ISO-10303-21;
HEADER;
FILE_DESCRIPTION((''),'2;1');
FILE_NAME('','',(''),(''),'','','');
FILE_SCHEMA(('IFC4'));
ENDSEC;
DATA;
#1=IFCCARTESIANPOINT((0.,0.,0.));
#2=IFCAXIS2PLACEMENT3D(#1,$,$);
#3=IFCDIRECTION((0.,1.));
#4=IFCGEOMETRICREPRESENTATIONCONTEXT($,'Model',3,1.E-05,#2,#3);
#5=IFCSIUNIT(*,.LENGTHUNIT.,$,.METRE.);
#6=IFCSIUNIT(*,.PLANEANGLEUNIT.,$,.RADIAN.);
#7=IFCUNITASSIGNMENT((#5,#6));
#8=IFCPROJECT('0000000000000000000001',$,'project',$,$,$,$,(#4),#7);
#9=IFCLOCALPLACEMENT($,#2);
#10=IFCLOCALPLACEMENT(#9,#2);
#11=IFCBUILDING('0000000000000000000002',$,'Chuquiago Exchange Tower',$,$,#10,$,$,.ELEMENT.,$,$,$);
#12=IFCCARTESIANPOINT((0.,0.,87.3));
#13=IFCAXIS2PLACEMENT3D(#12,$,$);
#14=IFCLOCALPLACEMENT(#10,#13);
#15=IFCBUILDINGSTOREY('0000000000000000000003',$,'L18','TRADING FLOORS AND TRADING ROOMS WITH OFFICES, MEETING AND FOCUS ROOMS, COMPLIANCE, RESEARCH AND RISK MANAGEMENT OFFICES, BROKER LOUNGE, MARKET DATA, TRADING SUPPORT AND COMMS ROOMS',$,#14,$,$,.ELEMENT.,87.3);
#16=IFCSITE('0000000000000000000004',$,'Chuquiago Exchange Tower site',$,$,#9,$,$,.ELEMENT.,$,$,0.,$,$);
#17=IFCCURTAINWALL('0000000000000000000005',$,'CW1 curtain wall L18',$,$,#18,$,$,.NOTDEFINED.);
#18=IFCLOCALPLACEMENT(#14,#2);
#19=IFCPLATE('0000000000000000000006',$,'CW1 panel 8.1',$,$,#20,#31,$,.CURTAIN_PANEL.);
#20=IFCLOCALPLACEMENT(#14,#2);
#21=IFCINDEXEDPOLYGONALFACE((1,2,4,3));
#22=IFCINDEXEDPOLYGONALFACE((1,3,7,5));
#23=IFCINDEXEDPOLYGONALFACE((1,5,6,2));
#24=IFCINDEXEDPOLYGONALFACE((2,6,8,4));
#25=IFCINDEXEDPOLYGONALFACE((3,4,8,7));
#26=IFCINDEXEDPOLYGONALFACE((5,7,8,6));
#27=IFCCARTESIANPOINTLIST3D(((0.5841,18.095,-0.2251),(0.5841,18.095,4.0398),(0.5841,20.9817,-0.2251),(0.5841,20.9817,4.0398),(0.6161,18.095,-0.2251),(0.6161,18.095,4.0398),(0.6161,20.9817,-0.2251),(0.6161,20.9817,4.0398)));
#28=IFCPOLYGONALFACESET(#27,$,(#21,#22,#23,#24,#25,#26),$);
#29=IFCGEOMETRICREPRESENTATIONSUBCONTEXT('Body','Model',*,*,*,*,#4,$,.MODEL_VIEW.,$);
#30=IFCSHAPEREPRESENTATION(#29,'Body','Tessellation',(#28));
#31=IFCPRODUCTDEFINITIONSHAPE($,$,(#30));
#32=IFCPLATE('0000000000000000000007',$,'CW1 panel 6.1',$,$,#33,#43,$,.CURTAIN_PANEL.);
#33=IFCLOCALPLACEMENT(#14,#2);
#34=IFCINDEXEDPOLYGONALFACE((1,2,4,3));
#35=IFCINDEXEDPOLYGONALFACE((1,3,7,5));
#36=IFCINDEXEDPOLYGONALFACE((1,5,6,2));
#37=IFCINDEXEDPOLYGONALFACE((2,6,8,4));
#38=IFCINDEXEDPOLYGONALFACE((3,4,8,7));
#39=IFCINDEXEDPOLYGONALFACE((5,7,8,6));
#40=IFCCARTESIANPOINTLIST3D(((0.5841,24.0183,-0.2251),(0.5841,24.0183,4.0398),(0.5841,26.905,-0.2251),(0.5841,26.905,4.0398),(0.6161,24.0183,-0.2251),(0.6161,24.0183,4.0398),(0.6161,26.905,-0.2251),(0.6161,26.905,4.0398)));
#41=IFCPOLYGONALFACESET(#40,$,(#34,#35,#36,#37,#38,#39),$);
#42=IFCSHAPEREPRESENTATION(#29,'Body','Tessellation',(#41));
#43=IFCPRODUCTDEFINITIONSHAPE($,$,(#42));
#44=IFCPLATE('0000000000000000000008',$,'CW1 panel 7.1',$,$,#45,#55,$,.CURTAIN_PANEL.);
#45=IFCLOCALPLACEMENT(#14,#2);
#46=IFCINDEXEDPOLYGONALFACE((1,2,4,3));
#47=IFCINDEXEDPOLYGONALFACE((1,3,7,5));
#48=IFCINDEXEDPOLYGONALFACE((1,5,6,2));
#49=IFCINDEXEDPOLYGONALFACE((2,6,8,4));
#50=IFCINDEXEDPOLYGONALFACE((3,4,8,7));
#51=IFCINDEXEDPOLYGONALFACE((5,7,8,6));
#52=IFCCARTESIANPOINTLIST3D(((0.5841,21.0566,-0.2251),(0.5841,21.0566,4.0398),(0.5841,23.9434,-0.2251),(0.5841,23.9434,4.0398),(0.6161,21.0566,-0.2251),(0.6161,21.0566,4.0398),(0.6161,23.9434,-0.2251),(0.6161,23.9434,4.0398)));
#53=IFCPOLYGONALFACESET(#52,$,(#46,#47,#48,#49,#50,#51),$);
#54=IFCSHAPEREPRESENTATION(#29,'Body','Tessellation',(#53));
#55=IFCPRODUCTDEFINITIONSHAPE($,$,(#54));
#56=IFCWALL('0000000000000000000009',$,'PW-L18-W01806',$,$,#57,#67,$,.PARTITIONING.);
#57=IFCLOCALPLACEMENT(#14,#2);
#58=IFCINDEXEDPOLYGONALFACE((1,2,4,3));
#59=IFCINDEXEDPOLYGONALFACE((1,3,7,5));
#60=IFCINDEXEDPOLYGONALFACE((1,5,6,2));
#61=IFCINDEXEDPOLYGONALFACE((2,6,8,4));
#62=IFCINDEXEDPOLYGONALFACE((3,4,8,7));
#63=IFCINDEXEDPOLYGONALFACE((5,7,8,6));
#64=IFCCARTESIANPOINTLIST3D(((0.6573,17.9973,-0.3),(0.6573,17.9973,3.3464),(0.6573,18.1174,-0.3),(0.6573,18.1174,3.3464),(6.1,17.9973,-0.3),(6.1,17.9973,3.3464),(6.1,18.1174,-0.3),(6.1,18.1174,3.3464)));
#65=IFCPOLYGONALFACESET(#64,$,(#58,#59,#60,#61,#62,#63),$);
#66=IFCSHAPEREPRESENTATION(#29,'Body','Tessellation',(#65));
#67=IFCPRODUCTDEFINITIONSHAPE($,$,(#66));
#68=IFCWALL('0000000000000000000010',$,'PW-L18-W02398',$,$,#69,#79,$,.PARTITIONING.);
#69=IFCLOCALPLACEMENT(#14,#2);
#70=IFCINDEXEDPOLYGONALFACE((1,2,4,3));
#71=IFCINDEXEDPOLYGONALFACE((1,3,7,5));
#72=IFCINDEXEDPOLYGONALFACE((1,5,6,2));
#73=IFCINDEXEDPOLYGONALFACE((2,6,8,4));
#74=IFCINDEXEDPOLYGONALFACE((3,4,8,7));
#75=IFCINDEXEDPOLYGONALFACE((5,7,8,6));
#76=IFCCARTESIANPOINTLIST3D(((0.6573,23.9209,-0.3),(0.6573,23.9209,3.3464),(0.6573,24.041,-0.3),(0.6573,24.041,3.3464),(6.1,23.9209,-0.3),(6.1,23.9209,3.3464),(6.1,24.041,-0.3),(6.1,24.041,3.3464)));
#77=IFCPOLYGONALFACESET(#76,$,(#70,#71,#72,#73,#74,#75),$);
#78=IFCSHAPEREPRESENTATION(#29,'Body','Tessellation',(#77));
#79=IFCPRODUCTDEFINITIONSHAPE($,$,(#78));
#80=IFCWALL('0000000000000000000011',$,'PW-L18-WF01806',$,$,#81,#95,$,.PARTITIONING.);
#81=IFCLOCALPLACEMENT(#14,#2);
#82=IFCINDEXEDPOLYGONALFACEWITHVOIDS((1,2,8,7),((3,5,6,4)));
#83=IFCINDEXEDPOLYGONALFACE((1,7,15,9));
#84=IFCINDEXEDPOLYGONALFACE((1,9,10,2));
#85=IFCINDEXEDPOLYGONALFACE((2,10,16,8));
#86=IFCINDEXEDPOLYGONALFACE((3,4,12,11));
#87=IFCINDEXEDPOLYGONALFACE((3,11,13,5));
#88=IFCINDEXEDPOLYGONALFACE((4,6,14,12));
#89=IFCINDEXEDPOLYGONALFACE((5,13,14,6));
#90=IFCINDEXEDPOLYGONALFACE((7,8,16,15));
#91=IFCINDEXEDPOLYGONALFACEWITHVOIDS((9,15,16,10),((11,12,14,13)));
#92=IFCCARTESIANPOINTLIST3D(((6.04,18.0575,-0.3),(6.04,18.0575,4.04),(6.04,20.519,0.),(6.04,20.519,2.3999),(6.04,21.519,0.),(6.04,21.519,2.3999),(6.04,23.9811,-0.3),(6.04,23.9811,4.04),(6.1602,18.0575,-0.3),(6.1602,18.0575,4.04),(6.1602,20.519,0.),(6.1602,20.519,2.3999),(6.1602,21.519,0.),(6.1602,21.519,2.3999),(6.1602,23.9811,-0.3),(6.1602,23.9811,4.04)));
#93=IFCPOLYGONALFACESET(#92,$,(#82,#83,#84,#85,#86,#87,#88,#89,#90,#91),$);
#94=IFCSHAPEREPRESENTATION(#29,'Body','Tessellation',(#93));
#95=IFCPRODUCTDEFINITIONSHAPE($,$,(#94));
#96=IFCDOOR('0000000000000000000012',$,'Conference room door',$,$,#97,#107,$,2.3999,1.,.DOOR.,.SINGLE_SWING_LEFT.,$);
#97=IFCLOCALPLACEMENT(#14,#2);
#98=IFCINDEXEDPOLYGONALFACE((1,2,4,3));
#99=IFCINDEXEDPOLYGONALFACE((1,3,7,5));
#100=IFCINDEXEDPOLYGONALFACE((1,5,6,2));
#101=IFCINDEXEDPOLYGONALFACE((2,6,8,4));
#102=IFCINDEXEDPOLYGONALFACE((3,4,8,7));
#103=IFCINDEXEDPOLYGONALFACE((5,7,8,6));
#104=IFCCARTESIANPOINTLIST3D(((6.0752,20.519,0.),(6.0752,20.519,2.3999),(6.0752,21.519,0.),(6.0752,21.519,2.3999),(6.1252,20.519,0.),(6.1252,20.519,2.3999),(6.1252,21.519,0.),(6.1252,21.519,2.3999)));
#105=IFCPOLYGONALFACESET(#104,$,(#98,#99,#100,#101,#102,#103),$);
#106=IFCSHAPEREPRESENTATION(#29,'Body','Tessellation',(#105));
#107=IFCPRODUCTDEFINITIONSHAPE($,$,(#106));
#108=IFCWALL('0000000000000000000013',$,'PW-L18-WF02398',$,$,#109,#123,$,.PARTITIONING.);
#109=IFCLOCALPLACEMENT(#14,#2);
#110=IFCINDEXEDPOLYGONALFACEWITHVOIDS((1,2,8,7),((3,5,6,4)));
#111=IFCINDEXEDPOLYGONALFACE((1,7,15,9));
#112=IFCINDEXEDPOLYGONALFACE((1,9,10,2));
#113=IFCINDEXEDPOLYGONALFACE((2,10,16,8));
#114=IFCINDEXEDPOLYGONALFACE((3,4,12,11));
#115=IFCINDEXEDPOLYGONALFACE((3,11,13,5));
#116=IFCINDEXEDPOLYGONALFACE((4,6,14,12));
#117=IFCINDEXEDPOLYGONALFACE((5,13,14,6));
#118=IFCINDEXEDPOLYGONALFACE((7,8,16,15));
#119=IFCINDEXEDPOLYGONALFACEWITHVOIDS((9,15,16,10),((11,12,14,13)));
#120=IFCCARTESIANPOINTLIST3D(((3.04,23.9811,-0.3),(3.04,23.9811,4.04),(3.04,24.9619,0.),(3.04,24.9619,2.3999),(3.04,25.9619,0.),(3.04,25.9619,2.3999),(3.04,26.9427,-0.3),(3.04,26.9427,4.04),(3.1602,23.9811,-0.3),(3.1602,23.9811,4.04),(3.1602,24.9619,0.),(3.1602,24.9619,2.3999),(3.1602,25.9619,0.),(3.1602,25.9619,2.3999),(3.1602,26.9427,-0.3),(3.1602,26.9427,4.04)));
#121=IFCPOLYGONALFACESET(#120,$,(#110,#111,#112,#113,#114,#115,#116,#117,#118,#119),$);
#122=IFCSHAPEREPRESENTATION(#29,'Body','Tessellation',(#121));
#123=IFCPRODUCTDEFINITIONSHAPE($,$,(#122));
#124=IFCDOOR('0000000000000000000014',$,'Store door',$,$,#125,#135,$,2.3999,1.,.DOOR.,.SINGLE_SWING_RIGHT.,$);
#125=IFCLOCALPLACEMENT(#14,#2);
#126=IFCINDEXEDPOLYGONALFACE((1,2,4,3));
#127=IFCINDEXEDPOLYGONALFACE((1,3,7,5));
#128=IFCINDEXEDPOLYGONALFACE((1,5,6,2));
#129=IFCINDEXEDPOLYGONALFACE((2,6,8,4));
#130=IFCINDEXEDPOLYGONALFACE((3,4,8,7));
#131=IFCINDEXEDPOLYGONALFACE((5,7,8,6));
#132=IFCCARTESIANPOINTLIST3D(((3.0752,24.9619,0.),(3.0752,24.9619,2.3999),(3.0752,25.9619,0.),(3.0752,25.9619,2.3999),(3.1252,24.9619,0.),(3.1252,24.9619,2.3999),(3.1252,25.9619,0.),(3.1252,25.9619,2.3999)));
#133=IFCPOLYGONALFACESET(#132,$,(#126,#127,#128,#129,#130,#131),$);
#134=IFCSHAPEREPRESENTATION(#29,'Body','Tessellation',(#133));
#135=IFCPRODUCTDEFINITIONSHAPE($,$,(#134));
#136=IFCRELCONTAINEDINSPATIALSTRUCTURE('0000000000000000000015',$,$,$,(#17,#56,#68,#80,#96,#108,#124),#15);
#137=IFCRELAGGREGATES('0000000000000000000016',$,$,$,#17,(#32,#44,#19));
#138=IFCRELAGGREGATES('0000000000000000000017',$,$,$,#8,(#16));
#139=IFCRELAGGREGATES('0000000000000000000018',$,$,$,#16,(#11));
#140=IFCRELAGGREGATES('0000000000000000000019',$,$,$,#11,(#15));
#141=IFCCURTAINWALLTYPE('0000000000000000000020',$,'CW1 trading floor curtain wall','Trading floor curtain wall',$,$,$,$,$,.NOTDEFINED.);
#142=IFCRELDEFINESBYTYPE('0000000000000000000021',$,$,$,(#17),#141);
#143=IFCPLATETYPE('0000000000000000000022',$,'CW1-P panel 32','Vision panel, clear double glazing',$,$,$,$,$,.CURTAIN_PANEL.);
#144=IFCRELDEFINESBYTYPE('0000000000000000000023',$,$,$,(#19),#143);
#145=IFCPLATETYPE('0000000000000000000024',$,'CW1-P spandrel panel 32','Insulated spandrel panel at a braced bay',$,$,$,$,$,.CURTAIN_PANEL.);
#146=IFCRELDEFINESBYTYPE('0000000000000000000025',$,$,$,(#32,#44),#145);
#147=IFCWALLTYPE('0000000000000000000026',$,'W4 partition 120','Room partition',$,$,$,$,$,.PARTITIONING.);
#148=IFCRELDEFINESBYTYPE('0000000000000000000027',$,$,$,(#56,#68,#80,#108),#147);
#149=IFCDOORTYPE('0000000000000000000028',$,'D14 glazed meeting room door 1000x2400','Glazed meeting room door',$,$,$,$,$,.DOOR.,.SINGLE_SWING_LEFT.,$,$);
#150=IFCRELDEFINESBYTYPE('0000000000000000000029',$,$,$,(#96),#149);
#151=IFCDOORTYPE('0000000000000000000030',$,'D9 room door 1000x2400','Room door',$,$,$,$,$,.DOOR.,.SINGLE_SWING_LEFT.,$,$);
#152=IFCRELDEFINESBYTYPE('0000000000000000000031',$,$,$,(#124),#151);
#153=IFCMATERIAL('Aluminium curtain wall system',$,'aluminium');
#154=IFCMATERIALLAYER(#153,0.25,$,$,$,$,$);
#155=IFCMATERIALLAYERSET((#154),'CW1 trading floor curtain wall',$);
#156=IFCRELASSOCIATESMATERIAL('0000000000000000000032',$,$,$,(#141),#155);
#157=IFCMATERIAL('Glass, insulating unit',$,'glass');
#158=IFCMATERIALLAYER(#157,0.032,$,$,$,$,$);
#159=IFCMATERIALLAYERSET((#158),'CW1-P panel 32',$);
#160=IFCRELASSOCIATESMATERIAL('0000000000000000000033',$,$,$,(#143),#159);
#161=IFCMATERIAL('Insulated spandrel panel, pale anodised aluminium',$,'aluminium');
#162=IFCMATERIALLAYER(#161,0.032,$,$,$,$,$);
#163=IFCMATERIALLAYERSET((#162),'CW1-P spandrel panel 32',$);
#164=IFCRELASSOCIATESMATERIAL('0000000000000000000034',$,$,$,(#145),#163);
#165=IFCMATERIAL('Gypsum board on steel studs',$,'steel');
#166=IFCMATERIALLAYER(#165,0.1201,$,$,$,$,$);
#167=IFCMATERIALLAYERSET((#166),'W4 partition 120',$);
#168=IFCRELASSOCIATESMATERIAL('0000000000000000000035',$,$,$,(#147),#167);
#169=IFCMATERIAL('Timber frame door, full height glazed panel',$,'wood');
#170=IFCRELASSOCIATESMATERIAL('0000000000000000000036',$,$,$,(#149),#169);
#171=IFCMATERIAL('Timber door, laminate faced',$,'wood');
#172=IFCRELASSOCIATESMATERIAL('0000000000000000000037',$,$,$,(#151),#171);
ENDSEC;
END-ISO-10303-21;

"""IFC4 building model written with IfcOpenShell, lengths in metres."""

from ifc_helpers import new_model, si_unit, direction, frame, frame_2d, origin, origin_2d, place, context, subcontext, project, spatial, rectangle, extrude, material, layer, layer_set, type_object, element, fill, aggregate, save


model = new_model("IFC4")

# Units and contexts
model_context = context("Model", 3, precision=1e-05, world=origin(), true_north=direction((0.0, 1.0)))
body_context = subcontext(model_context, "Body", "Model", "MODEL_VIEW")
ifc_project = project(units=[si_unit("LENGTHUNIT", "METRE"), si_unit("PLANEANGLEUNIT", "RADIAN")], contexts=[model_context])

# Site, building, storey
site_placement = place(None, origin())
site = spatial("IfcSite", under=ifc_project, at=site_placement, Name="Chuquiago Exchange Tower site", CompositionType="ELEMENT", RefElevation=0.0)
building_placement = place(site_placement, origin())
building = spatial("IfcBuilding", under=site, at=building_placement, Name="Chuquiago Exchange Tower", CompositionType="ELEMENT")
storey_placement = place(building_placement, frame((0.0, 0.0, 87.3)))
storey = spatial("IfcBuildingStorey", under=building, at=storey_placement, Name="L18", Description="TRADING FLOORS AND TRADING ROOMS WITH OFFICES, MEETING AND FOCUS ROOMS, COMPLIANCE, RESEARCH AND RISK MANAGEMENT OFFICES, BROKER LOUNGE, MARKET DATA, TRADING SUPPORT AND COMMS ROOMS", CompositionType="ELEMENT", Elevation=87.3)

# Curtain wall
ifc_material_1 = material(Name="Aluminium curtain wall system", Category="aluminium")
ifc_layer_1 = layer(ifc_material_1, 0.25)
ifc_layer_set_1 = layer_set([ifc_layer_1], Name="CW1 trading floor curtain wall")
curtain_wall_type = type_object("IfcCurtainWallType", Name="CW1 trading floor curtain wall", Description="Trading floor curtain wall", PredefinedType="NOTDEFINED", material=ifc_layer_set_1)
curtain_wall_placement = place(storey_placement, origin())
curtain_wall = element("IfcCurtainWall", 1, at=curtain_wall_placement, inside=storey, type_object=curtain_wall_type, Name="CW1 curtain wall L18", PredefinedType="NOTDEFINED")

# Plates
ifc_material_2 = material(Name="Glass, insulating unit", Category="glass")
ifc_layer_2 = layer(ifc_material_2, 0.032)
ifc_layer_set_2 = layer_set([ifc_layer_2], Name="CW1-P panel 32")
plate_type_1 = type_object("IfcPlateType", Name="CW1-P panel 32", Description="Vision panel, clear double glazing", PredefinedType="CURTAIN_PANEL", material=ifc_layer_set_2)
plate_1_placement = place(storey_placement, frame((0.6001, 19.5383, -0.2251), z_axis=(0.0, 0.0, 1.0), x_axis=(0.0, -1.0, 0.0)))
plate_1 = element("IfcPlate", 2, at=plate_1_placement, type_object=plate_type_1, Name="CW1 panel 8.1", PredefinedType="CURTAIN_PANEL", context=body_context, shape_type="SweptSolid", body=[
    extrude(rectangle(XDim=2.8867, YDim=0.032, at=origin_2d()), origin(), (0.0, 0.0, 1.0), 4.2649),
])
ifc_material_3 = material(Name="Insulated spandrel panel, pale anodised aluminium", Category="aluminium")
ifc_layer_3 = layer(ifc_material_3, 0.032)
ifc_layer_set_3 = layer_set([ifc_layer_3], Name="CW1-P spandrel panel 32")
plate_type_2 = type_object("IfcPlateType", Name="CW1-P spandrel panel 32", Description="Insulated spandrel panel at a braced bay", PredefinedType="CURTAIN_PANEL", material=ifc_layer_set_3)
plate_2_placement = place(storey_placement, frame((0.6001, 25.4617, -0.2251), z_axis=(0.0, 0.0, 1.0), x_axis=(0.0, -1.0, 0.0)))
plate_2 = element("IfcPlate", 3, at=plate_2_placement, type_object=plate_type_2, Name="CW1 panel 6.1", PredefinedType="CURTAIN_PANEL", context=body_context, shape_type="SweptSolid", body=[
    extrude(rectangle(XDim=2.8867, YDim=0.032, at=origin_2d()), origin(), (0.0, 0.0, 1.0), 4.2649),
])
plate_3_placement = place(storey_placement, frame((0.6001, 22.5, -0.2251), z_axis=(0.0, 0.0, 1.0), x_axis=(0.0, -1.0, 0.0)))
plate_3 = element("IfcPlate", 4, at=plate_3_placement, type_object=plate_type_2, Name="CW1 panel 7.1", PredefinedType="CURTAIN_PANEL", context=body_context, shape_type="SweptSolid", body=[
    extrude(rectangle(XDim=2.8867, YDim=0.032, at=origin_2d()), origin(), (0.0, 0.0, 1.0), 4.2649),
])
aggregate(curtain_wall, [plate_2, plate_3, plate_1])

# Walls
ifc_material_4 = material(Name="Gypsum board on steel studs", Category="steel")
ifc_layer_4 = layer(ifc_material_4, 0.1201)
ifc_layer_set_4 = layer_set([ifc_layer_4], Name="W4 partition 120")
wall_type = type_object("IfcWallType", Name="W4 partition 120", Description="Room partition", PredefinedType="PARTITIONING", material=ifc_layer_set_4)
for number, where, z_axis, x_axis, name in (
    (5, (0.6575, 18.0574, -0.3), (0.0, 0.0, 1.0), (1.0, 0.0, 0.0), "PW-L18-W01806"),
    (6, (0.6575, 23.981, -0.3), (0.0, 0.0, 1.0), (1.0, 0.0, 0.0), "PW-L18-W02398"),
):
    element("IfcWall", number, at=place(storey_placement, frame(where, z_axis=z_axis, x_axis=x_axis)), inside=storey, type_object=wall_type, Name=name, PredefinedType="PARTITIONING", context=body_context, shape_type="SweptSolid", body=[
        extrude(rectangle(XDim=5.4426, YDim=0.1201, at=frame_2d((2.7212, 0.0))), origin(), (0.0, 0.0, 1.0), 3.6465),
    ])

# Walls, openings, doors
wall_1_placement = place(storey_placement, frame((6.1001, 18.0574, -0.3), z_axis=(0.0, 0.0, 1.0), x_axis=(0.0, 1.0, 0.0)))
wall_1 = element("IfcWall", 7, at=wall_1_placement, inside=storey, type_object=wall_type, Name="PW-L18-WF01806", PredefinedType="PARTITIONING", context=body_context, shape_type="SweptSolid", body=[
    extrude(rectangle(XDim=5.9236, YDim=0.1201, at=frame_2d((2.9619, 0.0))), origin(), (0.0, 0.0, 1.0), 4.3401),
])
opening_1_placement = place(wall_1_placement, frame((2.4617, 0.0, 0.3)))
opening_1 = element("IfcOpeningElement", 8, at=opening_1_placement, cuts=wall_1, PredefinedType="OPENING", context=body_context, shape_type="SweptSolid", body=[
    extrude(rectangle(XDim=1.0, YDim=2.3999, at=frame_2d((0.5, 1.2))), frame((0.0, 0.0701, 0.0), z_axis=(0.0, -1.0, 0.0), x_axis=(1.0, 0.0, 0.0)), (0.0, 0.0, 1.0), 0.1401),
])
ifc_material_5 = material(Name="Timber frame door, full height glazed panel", Category="wood")
door_type_1 = type_object("IfcDoorType", Name="D14 glazed meeting room door 1000x2400", Description="Glazed meeting room door", OperationType="SINGLE_SWING_LEFT", PredefinedType="DOOR", material=ifc_material_5)
door_1_placement = place(opening_1_placement, origin())
door_1 = element("IfcDoor", 9, at=door_1_placement, inside=storey, type_object=door_type_1, Name="Conference room door", OperationType="SINGLE_SWING_LEFT", OverallHeight=2.3999, OverallWidth=1.0, PredefinedType="DOOR", context=body_context, shape_type="SweptSolid", body=[
    extrude(rectangle(XDim=1.0, YDim=2.3999, at=frame_2d((0.5, 1.2))), frame((0.0, 0.0249, 0.0), z_axis=(0.0, -1.0, 0.0), x_axis=(1.0, 0.0, 0.0)), (0.0, 0.0, 1.0), 0.05),
])
fill(opening_1, door_1)
wall_2_placement = place(storey_placement, frame((3.1001, 23.981, -0.3), z_axis=(0.0, 0.0, 1.0), x_axis=(0.0, 1.0, 0.0)))
wall_2 = element("IfcWall", 10, at=wall_2_placement, inside=storey, type_object=wall_type, Name="PW-L18-WF02398", PredefinedType="PARTITIONING", context=body_context, shape_type="SweptSolid", body=[
    extrude(rectangle(XDim=2.9617, YDim=0.1201, at=frame_2d((1.481, 0.0))), origin(), (0.0, 0.0, 1.0), 4.3401),
])
opening_2_placement = place(wall_2_placement, frame((0.981, 0.0, 0.3)))
opening_2 = element("IfcOpeningElement", 11, at=opening_2_placement, cuts=wall_2, PredefinedType="OPENING", context=body_context, shape_type="SweptSolid", body=[
    extrude(rectangle(XDim=1.0, YDim=2.3999, at=frame_2d((0.5, 1.2))), frame((0.0, 0.0701, 0.0), z_axis=(0.0, -1.0, 0.0), x_axis=(1.0, 0.0, 0.0)), (0.0, 0.0, 1.0), 0.1401),
])
ifc_material_6 = material(Name="Timber door, laminate faced", Category="wood")
door_type_2 = type_object("IfcDoorType", Name="D9 room door 1000x2400", Description="Room door", OperationType="SINGLE_SWING_LEFT", PredefinedType="DOOR", material=ifc_material_6)
door_2_placement = place(opening_2_placement, origin())
door_2 = element("IfcDoor", 12, at=door_2_placement, inside=storey, type_object=door_type_2, Name="Store door", OperationType="SINGLE_SWING_RIGHT", OverallHeight=2.3999, OverallWidth=1.0, PredefinedType="DOOR", context=body_context, shape_type="SweptSolid", body=[
    extrude(rectangle(XDim=1.0, YDim=2.3999, at=frame_2d((0.5, 1.2))), frame((0.0, 0.0249, 0.0), z_axis=(0.0, -1.0, 0.0), x_axis=(1.0, 0.0, 0.0)), (0.0, 0.0, 1.0), 0.05),
])
fill(opening_2, door_2)

save(model, "model.ifc")
